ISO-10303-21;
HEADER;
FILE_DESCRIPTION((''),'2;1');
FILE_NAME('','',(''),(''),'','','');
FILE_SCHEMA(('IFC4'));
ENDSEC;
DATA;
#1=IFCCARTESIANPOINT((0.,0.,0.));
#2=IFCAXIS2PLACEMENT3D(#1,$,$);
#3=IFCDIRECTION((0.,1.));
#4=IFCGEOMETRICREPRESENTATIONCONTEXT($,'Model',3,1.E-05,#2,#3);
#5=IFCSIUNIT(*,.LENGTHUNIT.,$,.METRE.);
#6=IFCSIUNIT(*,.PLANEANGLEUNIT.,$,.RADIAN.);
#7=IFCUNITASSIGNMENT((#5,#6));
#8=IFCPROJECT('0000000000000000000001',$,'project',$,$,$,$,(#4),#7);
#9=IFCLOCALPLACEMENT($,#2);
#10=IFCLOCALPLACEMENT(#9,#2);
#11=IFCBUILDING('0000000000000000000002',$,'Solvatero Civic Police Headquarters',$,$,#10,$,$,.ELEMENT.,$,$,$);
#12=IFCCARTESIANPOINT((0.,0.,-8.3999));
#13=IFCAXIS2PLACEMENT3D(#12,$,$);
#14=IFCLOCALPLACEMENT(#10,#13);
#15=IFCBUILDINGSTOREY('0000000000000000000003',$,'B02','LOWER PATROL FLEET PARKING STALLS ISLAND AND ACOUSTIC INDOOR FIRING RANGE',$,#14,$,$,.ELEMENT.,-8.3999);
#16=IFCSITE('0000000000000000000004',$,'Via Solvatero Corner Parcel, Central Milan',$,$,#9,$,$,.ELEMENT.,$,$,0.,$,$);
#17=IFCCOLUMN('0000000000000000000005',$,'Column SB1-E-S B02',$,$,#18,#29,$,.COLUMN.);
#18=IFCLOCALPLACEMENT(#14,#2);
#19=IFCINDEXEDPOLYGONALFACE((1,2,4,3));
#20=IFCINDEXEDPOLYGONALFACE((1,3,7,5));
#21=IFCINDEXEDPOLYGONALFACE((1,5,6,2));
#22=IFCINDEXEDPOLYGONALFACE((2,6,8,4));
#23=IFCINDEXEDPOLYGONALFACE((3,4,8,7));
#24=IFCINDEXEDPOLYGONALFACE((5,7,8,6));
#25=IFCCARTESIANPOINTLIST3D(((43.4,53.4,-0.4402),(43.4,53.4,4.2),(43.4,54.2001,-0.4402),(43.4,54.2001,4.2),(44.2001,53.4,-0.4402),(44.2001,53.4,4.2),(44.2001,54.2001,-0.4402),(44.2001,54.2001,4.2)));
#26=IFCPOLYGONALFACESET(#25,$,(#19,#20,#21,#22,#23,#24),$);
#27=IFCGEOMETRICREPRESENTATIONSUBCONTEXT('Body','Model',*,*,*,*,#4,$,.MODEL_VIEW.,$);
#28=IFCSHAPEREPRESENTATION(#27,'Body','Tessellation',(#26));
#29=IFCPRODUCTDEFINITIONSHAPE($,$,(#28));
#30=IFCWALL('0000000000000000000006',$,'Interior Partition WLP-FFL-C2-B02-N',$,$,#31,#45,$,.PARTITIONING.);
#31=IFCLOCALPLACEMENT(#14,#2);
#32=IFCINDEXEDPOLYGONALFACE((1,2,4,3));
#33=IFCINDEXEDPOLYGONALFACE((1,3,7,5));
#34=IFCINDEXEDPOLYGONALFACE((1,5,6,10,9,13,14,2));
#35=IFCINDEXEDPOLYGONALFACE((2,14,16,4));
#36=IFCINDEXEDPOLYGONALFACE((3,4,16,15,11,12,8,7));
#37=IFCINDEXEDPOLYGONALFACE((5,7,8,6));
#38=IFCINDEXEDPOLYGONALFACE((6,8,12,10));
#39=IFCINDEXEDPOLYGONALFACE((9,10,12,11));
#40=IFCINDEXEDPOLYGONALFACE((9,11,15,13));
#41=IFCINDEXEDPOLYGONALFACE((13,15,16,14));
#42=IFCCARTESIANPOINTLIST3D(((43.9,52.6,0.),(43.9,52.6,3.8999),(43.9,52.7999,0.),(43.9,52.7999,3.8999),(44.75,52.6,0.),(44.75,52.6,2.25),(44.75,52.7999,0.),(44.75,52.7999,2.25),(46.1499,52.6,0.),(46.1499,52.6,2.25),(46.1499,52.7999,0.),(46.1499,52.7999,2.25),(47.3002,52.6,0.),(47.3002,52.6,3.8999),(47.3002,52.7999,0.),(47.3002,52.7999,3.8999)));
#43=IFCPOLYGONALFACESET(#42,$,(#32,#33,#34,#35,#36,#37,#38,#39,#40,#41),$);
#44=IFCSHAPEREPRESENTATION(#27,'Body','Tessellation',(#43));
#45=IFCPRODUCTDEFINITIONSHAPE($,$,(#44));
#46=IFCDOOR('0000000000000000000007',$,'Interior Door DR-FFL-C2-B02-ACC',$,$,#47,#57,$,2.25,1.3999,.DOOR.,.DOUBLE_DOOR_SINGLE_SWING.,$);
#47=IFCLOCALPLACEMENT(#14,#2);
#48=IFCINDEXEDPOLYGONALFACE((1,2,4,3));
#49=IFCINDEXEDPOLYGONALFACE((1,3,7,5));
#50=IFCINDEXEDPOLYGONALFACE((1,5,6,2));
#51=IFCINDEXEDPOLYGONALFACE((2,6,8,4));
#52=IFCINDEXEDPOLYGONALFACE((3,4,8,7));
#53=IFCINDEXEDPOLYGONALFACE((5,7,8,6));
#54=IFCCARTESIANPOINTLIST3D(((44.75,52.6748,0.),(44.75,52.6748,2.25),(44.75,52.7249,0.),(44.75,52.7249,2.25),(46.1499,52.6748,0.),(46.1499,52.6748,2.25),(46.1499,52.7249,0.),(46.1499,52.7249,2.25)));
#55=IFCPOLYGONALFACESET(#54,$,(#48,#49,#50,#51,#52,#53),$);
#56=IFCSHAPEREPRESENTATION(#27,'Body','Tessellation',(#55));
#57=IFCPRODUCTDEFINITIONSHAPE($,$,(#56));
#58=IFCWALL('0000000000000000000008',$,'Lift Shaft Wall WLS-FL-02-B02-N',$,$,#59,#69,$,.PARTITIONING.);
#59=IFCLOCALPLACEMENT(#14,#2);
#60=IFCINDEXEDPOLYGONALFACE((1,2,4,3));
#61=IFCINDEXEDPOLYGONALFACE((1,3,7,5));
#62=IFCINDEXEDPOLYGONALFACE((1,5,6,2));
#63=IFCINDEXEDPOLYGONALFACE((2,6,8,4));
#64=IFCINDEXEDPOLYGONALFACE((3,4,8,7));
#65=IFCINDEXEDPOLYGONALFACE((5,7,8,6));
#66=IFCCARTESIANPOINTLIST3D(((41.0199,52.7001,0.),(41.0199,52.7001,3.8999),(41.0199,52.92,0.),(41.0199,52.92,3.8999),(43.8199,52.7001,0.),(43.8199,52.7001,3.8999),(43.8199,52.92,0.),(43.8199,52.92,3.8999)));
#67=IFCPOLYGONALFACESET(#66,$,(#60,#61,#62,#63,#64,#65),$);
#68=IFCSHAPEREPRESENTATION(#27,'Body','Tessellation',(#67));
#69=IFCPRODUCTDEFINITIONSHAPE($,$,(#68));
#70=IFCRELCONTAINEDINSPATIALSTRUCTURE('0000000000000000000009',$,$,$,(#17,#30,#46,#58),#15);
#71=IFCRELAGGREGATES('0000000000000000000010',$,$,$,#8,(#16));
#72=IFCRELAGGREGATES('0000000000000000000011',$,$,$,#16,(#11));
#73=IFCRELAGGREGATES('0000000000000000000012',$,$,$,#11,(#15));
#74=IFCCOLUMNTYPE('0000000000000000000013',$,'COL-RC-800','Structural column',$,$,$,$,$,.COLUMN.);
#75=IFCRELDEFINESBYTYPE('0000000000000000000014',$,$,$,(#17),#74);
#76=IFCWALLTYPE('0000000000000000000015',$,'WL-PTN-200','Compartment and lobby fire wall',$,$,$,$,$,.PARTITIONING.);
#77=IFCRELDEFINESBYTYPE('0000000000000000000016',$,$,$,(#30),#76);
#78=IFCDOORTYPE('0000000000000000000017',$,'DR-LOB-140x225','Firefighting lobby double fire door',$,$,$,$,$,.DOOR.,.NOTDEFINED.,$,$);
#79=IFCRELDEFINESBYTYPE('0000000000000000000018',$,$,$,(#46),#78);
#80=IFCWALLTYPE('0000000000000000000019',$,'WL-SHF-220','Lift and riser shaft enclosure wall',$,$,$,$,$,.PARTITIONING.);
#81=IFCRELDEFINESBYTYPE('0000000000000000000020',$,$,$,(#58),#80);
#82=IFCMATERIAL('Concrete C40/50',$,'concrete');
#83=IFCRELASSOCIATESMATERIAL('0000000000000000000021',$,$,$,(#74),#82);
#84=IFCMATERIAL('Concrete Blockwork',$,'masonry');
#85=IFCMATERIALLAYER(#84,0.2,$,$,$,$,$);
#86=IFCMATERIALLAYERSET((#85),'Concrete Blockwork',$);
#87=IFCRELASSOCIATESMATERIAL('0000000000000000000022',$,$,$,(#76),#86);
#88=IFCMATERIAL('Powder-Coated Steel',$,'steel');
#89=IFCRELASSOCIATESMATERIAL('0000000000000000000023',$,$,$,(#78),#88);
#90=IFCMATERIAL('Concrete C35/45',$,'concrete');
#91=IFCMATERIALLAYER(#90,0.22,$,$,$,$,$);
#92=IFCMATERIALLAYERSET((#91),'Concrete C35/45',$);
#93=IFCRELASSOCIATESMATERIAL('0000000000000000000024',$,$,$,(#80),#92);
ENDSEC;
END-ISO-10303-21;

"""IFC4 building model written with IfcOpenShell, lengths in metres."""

from ifc_helpers import new_model, si_unit, direction, frame, frame_2d, origin, origin_2d, place, context, subcontext, project, spatial, rectangle, extrude, material, layer, layer_set, material_profile, profile_set, type_object, element, fill, save


model = new_model("IFC4")

# Units and contexts
model_context = context("Model", 3, precision=1e-05, world=origin(), true_north=direction((0.0, 1.0)))
body_context = subcontext(model_context, "Body", "Model", "MODEL_VIEW")
ifc_project = project(units=[si_unit("LENGTHUNIT", "METRE"), si_unit("PLANEANGLEUNIT", "RADIAN")], contexts=[model_context])

# Site, building, storey
site_placement = place(None, origin())
site = spatial("IfcSite", under=ifc_project, at=site_placement, Name="Via Solvatero Corner Parcel, Central Milan", CompositionType="ELEMENT", RefElevation=0.0)
building_placement = place(site_placement, origin())
building = spatial("IfcBuilding", under=site, at=building_placement, Name="Solvatero Civic Police Headquarters", CompositionType="ELEMENT")
storey_placement = place(building_placement, frame((0.0, 0.0, -8.3999)))
storey = spatial("IfcBuildingStorey", under=building, at=storey_placement, Name="B02", Description="LOWER PATROL FLEET PARKING STALLS ISLAND AND ACOUSTIC INDOOR FIRING RANGE", CompositionType="ELEMENT", Elevation=-8.3999)

# Column
ifc_material_1 = material(Name="Concrete C40/50", Category="concrete")
ifc_material_profile_1 = material_profile(ifc_material_1, rectangle(XDim=0.8, YDim=0.8, at=origin_2d()), Name="RC 800x800")
ifc_profile_set_1 = profile_set([ifc_material_profile_1], Name="Concrete C40/50")
column_type_1 = type_object("IfcColumnType", Name="COL-RC-800", Description="Structural column", PredefinedType="COLUMN", material=ifc_profile_set_1)
for number, where, z_axis, x_axis, name in (
    (1, (43.8, 53.8, -0.4402), (0.0, 0.0, 1.0), (1.0, 0.0, 0.0), "Column SB1-E-S B02"),
):
    element("IfcColumn", number, at=place(storey_placement, frame(where, z_axis=z_axis, x_axis=x_axis)), inside=storey, type_object=column_type_1, Name=name, PredefinedType="COLUMN", context=body_context, shape_type="SweptSolid", body=[
        extrude(rectangle(XDim=0.8, YDim=0.8, at=origin_2d()), origin(), (0.0, 0.0, 1.0), 4.6401),
    ])

# Wall, opening, door
ifc_material_2 = material(Name="Concrete Blockwork", Category="masonry")
ifc_layer_1 = layer(ifc_material_2, 0.2)
ifc_layer_set_1 = layer_set([ifc_layer_1], Name="Concrete Blockwork")
wall_type_1 = type_object("IfcWallType", Name="WL-PTN-200", Description="Compartment and lobby fire wall", PredefinedType="PARTITIONING", material=ifc_layer_set_1)
wall_1_placement = place(storey_placement, frame((43.8999, 52.7, 0.0), z_axis=(0.0, 0.0, 1.0), x_axis=(1.0, 0.0, 0.0)))
wall_1 = element("IfcWall", 2, at=wall_1_placement, inside=storey, type_object=wall_type_1, Name="Interior Partition WLP-FFL-C2-B02-N", PredefinedType="PARTITIONING", context=body_context, shape_type="SweptSolid", body=[
    extrude(rectangle(XDim=3.4001, YDim=0.2, at=frame_2d((1.7002, 0.0))), origin(), (0.0, 0.0, 1.0), 3.8999),
])
opening_placement = place(wall_1_placement, frame((0.8501, 0.0, 0.0)))
opening = element("IfcOpeningElement", 3, at=opening_placement, cuts=wall_1, PredefinedType="OPENING", context=body_context, shape_type="SweptSolid", body=[
    extrude(rectangle(XDim=1.3999, YDim=2.25, at=frame_2d((0.7, 1.125))), frame((0.0, 0.1099, 0.0), z_axis=(0.0, -1.0, 0.0), x_axis=(1.0, 0.0, 0.0)), (0.0, 0.0, 1.0), 0.22),
])
ifc_material_3 = material(Name="Powder-Coated Steel", Category="steel")
door_type = type_object("IfcDoorType", Name="DR-LOB-140x225", Description="Firefighting lobby double fire door", OperationType="NOTDEFINED", PredefinedType="DOOR", material=ifc_material_3)
door_placement = place(opening_placement, origin())
door = element("IfcDoor", 4, at=door_placement, inside=storey, type_object=door_type, Name="Interior Door DR-FFL-C2-B02-ACC", OperationType="DOUBLE_DOOR_SINGLE_SWING", OverallHeight=2.25, OverallWidth=1.3999, PredefinedType="DOOR", context=body_context, shape_type="SweptSolid", body=[
    extrude(rectangle(XDim=1.3999, YDim=2.25, at=frame_2d((0.7, 1.125))), frame((0.0, 0.0249, 0.0), z_axis=(0.0, -1.0, 0.0), x_axis=(1.0, 0.0, 0.0)), (0.0, 0.0, 1.0), 0.05),
])
fill(opening, door)

# Wall
ifc_material_4 = material(Name="Concrete C35/45", Category="concrete")
ifc_layer_2 = layer(ifc_material_4, 0.22)
ifc_layer_set_2 = layer_set([ifc_layer_2], Name="Concrete C35/45")
wall_type_2 = type_object("IfcWallType", Name="WL-SHF-220", Description="Lift and riser shaft enclosure wall", PredefinedType="PARTITIONING", material=ifc_layer_set_2)
wall_2_placement = place(storey_placement, frame((41.02, 52.8101, 0.0), z_axis=(0.0, 0.0, 1.0), x_axis=(1.0, 0.0, 0.0)))
element("IfcWall", 5, at=wall_2_placement, inside=storey, type_object=wall_type_2, Name="Lift Shaft Wall WLS-FL-02-B02-N", PredefinedType="PARTITIONING", context=body_context, shape_type="SweptSolid", body=[
    extrude(rectangle(XDim=2.8, YDim=0.22, at=frame_2d((1.3999, 0.0))), origin(), (0.0, 0.0, 1.0), 3.8999),
])

save(model, "model.ifc")
